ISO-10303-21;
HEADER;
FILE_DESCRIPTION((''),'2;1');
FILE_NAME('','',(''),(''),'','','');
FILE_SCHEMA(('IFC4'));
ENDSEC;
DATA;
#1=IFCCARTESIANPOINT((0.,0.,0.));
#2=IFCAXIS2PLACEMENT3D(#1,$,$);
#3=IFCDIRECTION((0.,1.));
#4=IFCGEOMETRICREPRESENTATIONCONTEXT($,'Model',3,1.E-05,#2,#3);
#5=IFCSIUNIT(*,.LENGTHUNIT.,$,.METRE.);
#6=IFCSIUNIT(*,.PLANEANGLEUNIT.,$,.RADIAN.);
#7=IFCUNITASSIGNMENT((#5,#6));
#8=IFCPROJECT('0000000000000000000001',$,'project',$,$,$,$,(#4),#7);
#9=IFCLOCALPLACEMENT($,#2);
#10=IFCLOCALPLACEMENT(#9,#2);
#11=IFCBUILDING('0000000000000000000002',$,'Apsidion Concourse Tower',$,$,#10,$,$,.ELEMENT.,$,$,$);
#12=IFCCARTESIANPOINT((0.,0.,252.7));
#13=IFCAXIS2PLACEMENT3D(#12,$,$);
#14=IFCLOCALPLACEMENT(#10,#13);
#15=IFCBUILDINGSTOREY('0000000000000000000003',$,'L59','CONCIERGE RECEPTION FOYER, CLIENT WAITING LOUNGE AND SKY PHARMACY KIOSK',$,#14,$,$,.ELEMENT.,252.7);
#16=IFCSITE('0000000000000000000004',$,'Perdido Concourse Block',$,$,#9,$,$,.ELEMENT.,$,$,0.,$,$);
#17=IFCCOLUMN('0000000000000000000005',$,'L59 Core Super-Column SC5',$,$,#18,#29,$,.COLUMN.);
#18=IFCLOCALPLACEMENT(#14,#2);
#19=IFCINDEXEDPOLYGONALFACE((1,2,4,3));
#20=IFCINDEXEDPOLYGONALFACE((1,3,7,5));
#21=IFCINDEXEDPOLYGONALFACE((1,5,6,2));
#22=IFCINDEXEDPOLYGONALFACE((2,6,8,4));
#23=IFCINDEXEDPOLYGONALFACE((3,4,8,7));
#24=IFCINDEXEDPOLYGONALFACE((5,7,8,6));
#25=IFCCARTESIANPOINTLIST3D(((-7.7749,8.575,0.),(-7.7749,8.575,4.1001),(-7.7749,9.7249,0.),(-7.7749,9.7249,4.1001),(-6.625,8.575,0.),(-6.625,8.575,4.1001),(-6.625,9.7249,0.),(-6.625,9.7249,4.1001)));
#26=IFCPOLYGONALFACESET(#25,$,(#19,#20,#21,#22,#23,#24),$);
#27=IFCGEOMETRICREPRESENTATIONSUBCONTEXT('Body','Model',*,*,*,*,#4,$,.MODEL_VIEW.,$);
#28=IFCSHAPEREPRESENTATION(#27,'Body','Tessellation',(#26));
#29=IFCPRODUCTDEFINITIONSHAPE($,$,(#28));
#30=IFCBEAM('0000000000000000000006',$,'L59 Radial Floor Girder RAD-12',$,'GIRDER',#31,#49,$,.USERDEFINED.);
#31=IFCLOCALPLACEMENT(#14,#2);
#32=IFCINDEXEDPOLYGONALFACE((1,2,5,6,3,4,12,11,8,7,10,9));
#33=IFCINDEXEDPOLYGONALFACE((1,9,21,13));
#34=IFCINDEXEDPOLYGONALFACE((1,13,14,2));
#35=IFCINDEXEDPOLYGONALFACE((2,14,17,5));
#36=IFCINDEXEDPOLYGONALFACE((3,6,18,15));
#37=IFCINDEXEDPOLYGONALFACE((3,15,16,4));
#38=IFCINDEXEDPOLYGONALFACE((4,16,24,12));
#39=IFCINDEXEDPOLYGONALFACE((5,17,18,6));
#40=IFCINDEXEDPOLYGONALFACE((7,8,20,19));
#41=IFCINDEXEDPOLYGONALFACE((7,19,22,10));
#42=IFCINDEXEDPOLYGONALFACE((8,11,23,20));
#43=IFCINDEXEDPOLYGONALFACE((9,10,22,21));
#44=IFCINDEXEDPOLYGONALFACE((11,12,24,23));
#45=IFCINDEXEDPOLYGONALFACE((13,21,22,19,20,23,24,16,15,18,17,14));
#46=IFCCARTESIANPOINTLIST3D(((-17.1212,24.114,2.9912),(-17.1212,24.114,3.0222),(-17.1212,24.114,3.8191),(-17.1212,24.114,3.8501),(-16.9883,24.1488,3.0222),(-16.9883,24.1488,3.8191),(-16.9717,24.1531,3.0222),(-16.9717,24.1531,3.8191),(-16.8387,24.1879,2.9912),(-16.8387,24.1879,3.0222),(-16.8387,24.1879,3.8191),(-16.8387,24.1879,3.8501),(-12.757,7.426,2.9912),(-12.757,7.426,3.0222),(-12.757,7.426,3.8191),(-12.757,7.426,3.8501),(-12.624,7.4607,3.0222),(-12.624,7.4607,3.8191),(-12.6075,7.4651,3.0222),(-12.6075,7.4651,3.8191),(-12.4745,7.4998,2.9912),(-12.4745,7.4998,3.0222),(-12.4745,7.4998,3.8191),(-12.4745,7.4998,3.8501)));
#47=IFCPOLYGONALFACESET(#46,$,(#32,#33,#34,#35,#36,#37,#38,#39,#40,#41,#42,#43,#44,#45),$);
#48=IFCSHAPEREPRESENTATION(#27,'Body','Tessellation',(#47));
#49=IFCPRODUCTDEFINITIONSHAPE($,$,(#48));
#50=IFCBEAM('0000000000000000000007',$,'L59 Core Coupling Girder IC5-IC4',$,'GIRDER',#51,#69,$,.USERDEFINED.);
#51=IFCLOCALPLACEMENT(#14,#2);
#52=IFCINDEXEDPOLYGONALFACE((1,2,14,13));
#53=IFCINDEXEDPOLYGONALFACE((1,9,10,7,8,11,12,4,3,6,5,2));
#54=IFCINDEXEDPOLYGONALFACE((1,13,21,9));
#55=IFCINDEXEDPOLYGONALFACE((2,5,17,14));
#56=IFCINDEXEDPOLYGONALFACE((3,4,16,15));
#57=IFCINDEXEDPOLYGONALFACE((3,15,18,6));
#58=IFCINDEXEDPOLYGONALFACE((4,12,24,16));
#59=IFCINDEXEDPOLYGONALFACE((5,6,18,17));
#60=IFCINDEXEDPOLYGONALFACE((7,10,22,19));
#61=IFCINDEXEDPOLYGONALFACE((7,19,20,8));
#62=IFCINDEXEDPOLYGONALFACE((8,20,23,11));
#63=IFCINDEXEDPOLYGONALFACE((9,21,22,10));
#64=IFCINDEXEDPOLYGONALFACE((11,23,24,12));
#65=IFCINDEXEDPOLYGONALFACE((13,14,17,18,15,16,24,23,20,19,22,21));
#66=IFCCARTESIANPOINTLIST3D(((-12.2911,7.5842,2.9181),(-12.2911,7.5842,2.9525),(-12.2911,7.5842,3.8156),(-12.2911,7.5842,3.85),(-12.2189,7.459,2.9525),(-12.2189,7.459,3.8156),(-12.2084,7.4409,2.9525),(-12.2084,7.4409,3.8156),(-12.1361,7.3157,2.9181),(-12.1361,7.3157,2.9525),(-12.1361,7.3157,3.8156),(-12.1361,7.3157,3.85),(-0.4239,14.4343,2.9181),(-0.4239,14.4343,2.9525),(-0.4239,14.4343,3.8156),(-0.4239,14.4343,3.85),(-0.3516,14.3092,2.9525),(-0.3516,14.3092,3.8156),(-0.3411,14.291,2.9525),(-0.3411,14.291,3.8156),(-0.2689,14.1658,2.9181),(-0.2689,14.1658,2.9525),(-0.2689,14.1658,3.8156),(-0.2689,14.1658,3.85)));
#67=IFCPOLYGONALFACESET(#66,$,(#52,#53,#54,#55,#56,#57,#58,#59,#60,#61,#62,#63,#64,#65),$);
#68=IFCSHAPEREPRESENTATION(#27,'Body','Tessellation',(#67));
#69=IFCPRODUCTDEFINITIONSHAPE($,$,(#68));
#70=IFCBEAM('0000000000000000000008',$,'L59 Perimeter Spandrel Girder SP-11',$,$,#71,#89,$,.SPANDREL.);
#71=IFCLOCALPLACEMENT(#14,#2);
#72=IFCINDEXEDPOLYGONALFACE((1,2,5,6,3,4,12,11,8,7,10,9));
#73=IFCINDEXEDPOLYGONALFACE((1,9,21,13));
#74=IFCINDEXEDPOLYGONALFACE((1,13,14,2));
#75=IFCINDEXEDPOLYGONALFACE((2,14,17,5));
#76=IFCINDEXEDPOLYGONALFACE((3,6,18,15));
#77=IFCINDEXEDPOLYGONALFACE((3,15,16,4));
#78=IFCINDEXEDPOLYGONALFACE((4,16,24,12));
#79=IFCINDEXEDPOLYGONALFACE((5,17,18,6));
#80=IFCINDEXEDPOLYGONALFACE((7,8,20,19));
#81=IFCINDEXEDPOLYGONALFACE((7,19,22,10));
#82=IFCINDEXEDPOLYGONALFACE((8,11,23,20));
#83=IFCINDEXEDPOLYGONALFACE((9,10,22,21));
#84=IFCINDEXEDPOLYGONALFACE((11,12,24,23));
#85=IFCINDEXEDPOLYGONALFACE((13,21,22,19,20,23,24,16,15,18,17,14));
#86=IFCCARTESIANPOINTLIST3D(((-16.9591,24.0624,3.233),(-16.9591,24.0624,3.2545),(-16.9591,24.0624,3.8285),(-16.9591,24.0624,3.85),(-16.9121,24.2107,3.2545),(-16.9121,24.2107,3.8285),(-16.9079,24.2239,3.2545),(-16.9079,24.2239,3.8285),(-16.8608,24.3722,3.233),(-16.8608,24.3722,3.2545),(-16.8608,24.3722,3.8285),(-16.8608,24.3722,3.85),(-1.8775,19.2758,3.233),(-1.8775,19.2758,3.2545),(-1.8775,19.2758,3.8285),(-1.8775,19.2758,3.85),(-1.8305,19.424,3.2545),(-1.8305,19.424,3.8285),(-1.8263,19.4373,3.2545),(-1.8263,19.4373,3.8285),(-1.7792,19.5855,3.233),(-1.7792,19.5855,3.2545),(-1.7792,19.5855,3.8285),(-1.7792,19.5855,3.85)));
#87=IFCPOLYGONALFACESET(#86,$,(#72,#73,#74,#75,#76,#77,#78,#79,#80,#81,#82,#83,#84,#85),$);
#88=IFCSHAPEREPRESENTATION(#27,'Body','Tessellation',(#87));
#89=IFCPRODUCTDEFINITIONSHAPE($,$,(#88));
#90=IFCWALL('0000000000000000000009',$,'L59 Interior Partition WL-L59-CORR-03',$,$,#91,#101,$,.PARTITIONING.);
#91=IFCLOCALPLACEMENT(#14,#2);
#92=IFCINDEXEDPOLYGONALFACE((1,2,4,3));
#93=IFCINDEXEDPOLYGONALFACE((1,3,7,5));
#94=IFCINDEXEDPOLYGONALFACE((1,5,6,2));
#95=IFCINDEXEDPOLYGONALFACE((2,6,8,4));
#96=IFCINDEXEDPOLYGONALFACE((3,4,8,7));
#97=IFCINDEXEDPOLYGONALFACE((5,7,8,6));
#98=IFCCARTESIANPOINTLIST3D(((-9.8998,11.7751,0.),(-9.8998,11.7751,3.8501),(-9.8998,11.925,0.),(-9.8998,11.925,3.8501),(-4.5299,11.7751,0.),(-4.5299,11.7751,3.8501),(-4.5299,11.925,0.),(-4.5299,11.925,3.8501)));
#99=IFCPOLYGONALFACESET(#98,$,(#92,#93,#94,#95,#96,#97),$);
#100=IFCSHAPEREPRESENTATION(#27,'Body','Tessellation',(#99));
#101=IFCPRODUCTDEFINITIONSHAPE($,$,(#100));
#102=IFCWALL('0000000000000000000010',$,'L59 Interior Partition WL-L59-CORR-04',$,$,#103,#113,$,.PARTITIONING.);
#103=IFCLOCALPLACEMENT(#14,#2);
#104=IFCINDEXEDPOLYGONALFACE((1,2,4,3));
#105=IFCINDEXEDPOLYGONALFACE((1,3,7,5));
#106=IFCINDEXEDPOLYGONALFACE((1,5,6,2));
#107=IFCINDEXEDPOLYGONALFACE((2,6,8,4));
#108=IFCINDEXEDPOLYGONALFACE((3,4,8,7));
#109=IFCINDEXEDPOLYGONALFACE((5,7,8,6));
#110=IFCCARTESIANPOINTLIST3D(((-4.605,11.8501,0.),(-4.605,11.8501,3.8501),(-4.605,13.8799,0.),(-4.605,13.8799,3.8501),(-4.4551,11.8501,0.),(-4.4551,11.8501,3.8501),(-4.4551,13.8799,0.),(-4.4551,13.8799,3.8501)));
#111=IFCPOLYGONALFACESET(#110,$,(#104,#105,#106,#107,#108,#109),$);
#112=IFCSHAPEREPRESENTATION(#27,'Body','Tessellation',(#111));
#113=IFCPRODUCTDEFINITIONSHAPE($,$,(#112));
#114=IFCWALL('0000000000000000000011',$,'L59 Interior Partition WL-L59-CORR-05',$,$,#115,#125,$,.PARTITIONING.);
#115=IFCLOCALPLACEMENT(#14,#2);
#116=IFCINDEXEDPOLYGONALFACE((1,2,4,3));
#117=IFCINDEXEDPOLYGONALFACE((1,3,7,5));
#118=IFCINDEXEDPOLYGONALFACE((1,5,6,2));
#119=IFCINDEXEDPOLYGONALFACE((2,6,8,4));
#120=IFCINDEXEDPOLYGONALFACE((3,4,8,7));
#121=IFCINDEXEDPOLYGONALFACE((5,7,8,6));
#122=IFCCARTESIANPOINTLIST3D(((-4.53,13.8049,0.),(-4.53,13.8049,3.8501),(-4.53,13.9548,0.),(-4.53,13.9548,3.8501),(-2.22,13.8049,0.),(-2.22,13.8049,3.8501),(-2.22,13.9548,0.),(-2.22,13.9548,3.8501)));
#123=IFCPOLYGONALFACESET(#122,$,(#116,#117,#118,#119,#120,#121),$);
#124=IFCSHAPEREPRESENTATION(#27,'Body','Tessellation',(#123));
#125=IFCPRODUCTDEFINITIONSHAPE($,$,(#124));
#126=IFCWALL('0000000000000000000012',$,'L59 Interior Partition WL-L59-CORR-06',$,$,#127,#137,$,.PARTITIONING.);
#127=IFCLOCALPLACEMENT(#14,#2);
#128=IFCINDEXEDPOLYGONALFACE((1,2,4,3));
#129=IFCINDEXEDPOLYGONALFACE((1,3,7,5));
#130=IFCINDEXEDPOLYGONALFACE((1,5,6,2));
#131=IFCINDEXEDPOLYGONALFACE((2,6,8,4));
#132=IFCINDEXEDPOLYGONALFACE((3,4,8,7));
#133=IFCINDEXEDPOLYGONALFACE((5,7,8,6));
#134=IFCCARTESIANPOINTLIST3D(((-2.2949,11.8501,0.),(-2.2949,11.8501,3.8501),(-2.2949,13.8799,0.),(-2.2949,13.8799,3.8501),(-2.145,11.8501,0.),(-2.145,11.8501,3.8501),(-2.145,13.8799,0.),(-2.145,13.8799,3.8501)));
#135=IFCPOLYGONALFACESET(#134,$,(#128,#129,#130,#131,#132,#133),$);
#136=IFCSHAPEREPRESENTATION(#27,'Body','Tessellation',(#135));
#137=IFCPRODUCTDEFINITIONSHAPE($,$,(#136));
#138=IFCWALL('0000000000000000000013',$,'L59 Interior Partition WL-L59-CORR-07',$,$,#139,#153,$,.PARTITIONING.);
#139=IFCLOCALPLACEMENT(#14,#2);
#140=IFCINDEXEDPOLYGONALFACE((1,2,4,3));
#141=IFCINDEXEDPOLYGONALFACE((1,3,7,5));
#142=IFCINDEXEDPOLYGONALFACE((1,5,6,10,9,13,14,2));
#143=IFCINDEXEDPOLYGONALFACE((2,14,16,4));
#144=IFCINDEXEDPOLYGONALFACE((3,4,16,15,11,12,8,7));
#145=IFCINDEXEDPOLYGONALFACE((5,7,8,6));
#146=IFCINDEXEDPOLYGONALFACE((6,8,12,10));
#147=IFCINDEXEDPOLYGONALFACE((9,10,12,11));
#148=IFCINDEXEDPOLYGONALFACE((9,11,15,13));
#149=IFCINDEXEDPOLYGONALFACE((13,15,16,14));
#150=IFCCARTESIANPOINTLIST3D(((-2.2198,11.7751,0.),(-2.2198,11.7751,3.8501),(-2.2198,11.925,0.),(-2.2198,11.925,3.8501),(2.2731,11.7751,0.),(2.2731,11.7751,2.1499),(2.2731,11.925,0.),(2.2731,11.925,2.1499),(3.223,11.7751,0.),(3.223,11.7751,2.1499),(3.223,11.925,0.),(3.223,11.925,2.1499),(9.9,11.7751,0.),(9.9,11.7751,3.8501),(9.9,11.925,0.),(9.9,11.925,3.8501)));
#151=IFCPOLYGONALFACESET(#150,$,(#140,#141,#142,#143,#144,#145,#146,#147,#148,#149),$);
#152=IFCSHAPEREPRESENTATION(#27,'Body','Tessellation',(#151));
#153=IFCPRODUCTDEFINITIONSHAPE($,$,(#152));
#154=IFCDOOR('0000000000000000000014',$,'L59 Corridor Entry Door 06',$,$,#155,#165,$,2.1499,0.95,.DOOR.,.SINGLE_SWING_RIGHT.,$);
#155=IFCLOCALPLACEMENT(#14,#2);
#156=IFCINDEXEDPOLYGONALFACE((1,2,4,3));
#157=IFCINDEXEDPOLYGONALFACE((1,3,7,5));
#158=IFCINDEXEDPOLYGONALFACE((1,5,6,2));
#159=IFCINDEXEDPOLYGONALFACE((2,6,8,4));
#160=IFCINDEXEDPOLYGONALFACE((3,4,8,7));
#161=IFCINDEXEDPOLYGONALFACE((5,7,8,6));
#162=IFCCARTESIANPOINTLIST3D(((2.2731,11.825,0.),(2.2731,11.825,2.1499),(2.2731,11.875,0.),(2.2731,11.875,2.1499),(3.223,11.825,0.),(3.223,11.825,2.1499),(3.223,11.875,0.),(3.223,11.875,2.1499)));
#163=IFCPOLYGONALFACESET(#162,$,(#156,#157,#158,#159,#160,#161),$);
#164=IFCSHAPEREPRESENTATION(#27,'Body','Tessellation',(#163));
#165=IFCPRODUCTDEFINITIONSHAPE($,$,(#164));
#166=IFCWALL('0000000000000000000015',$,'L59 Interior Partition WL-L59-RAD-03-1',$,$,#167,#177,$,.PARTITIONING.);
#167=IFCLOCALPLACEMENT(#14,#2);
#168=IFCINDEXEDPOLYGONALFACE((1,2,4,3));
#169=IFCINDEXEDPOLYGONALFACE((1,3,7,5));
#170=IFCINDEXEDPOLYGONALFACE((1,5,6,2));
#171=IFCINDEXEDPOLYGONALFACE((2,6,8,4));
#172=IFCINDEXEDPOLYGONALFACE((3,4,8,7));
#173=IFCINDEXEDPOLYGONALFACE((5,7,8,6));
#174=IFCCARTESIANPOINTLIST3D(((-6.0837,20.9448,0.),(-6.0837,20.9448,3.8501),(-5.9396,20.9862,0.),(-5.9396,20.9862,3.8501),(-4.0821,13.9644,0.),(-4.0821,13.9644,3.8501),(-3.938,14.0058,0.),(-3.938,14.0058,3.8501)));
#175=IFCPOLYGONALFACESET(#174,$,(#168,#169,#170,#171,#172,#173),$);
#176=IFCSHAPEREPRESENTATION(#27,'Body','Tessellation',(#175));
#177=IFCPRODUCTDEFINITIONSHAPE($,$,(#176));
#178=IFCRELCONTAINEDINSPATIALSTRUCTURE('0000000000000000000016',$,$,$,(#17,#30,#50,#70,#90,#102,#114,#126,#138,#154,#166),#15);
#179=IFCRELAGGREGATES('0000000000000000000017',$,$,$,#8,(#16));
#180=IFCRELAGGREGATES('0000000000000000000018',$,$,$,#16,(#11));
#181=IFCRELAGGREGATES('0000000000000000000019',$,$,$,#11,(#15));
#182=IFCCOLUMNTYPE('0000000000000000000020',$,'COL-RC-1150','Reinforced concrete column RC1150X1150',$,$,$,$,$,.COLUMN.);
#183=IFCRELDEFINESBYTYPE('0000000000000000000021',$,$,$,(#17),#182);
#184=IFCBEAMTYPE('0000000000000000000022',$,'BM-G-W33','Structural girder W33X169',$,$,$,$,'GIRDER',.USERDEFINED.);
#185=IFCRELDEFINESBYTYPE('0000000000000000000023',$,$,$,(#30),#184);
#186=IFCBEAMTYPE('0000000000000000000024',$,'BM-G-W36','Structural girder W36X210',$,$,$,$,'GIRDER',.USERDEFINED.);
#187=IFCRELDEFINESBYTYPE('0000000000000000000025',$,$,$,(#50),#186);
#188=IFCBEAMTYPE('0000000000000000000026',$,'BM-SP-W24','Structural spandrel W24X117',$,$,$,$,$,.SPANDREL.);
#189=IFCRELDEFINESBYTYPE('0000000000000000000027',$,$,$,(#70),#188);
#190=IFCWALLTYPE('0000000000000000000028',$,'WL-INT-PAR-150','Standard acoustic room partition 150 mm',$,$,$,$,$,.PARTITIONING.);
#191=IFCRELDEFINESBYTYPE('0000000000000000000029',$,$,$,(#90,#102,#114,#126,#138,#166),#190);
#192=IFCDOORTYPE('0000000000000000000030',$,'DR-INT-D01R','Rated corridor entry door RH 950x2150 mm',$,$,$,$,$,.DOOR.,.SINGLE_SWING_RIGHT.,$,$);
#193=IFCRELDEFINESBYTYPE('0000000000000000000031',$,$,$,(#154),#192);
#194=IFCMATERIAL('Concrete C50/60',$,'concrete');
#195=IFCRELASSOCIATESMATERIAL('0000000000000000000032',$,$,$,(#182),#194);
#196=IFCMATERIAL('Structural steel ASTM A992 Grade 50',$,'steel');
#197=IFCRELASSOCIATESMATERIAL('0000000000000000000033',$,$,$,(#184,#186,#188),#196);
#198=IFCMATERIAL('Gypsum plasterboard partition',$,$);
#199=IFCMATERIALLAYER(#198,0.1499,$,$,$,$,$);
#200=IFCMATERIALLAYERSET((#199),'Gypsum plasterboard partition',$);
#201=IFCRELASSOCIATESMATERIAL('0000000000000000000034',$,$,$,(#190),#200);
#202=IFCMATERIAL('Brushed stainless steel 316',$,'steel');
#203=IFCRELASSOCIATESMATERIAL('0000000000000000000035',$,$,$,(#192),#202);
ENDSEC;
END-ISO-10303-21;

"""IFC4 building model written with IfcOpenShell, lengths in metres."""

from ifc_helpers import new_model, si_unit, direction, frame, frame_2d, origin, origin_2d, place, context, subcontext, project, spatial, rectangle, i_section, extrude, material, layer, layer_set, material_profile, profile_set, type_object, element, fill, save


model = new_model("IFC4")

# Units and contexts
model_context = context("Model", 3, precision=1e-05, world=origin(), true_north=direction((0.0, 1.0)))
body_context = subcontext(model_context, "Body", "Model", "MODEL_VIEW")
ifc_project = project(units=[si_unit("LENGTHUNIT", "METRE"), si_unit("PLANEANGLEUNIT", "RADIAN")], contexts=[model_context])

# Site, building, storey
site_placement = place(None, origin())
site = spatial("IfcSite", under=ifc_project, at=site_placement, Name="Perdido Concourse Block", CompositionType="ELEMENT", RefElevation=0.0)
building_placement = place(site_placement, origin())
building = spatial("IfcBuilding", under=site, at=building_placement, Name="Apsidion Concourse Tower", CompositionType="ELEMENT")
storey_placement = place(building_placement, frame((0.0, 0.0, 252.7)))
storey = spatial("IfcBuildingStorey", under=building, at=storey_placement, Name="L59", Description="CONCIERGE RECEPTION FOYER, CLIENT WAITING LOUNGE AND SKY PHARMACY KIOSK", CompositionType="ELEMENT", Elevation=252.7)

# Column
ifc_material_1 = material(Name="Concrete C50/60", Category="concrete")
ifc_material_profile_1 = material_profile(ifc_material_1, rectangle(XDim=1.1499, YDim=1.1499, at=origin_2d()), Name="RC 1150x1150")
ifc_profile_set_1 = profile_set([ifc_material_profile_1], Name="Concrete C50/60")
column_type = type_object("IfcColumnType", Name="COL-RC-1150", Description="Reinforced concrete column RC1150X1150", PredefinedType="COLUMN", material=ifc_profile_set_1)
column_placement = place(storey_placement, frame((-7.2, 9.1499, 0.0), z_axis=(0.0, 0.0, 1.0), x_axis=(1.0, 0.0, 0.0)))
element("IfcColumn", 1, at=column_placement, inside=storey, type_object=column_type, Name="L59 Core Super-Column SC5", PredefinedType="COLUMN", context=body_context, shape_type="SweptSolid", body=[
    extrude(rectangle(XDim=1.1499, YDim=1.1499, at=origin_2d()), origin(), (0.0, 0.0, 1.0), 4.1001),
])

# Beams
ifc_material_2 = material(Name="Structural steel ASTM A992 Grade 50", Category="steel")
ifc_material_profile_2 = material_profile(ifc_material_2, i_section(OverallWidth=0.292, OverallDepth=0.8589, WebThickness=0.0171, FlangeThickness=0.031, at=origin_2d()), Name="W33X169")
ifc_profile_set_2 = profile_set([ifc_material_profile_2], Name="Structural steel ASTM A992 Grade 50")
beam_type_1 = type_object("IfcBeamType", Name="BM-G-W33", Description="Structural girder W33X169", ElementType="GIRDER", PredefinedType="USERDEFINED", material=ifc_profile_set_2)
beam_1_placement = place(storey_placement, frame((-12.6157, 7.4629, 3.4207), z_axis=(-0.253012, 0.967463, 0.0), x_axis=(-0.967463, -0.253012, 0.0)))
element("IfcBeam", 2, at=beam_1_placement, inside=storey, type_object=beam_type_1, Name="L59 Radial Floor Girder RAD-12", ObjectType="GIRDER", PredefinedType="USERDEFINED", context=body_context, shape_type="SweptSolid", body=[
    extrude(i_section(OverallWidth=0.292, OverallDepth=0.8589, WebThickness=0.0171, FlangeThickness=0.031, at=origin_2d()), origin(), (0.0, 0.0, 1.0), 17.2493),
])
ifc_material_profile_3 = material_profile(ifc_material_2, i_section(OverallWidth=0.3101, OverallDepth=0.9319, WebThickness=0.021, FlangeThickness=0.0344, at=origin_2d()), Name="W36X210")
ifc_profile_set_3 = profile_set([ifc_material_profile_3], Name="Structural steel ASTM A992 Grade 50")
beam_type_2 = type_object("IfcBeamType", Name="BM-G-W36", Description="Structural girder W36X210", ElementType="GIRDER", PredefinedType="USERDEFINED", material=ifc_profile_set_3)
beam_2_placement = place(storey_placement, frame((-12.2136, 7.45, 3.384), z_axis=(0.86607, 0.499922, 0.0), x_axis=(-0.499922, 0.86607, 0.0)))
element("IfcBeam", 3, at=beam_2_placement, inside=storey, type_object=beam_type_2, Name="L59 Core Coupling Girder IC5-IC4", ObjectType="GIRDER", PredefinedType="USERDEFINED", context=body_context, shape_type="SweptSolid", body=[
    extrude(i_section(OverallWidth=0.3101, OverallDepth=0.9319, WebThickness=0.021, FlangeThickness=0.0344, at=origin_2d()), origin(), (0.0, 0.0, 1.0), 13.7024),
])
ifc_material_profile_4 = material_profile(ifc_material_2, i_section(OverallWidth=0.325, OverallDepth=0.6169, WebThickness=0.0139, FlangeThickness=0.0215, at=origin_2d()), Name="W24X117")
ifc_profile_set_4 = profile_set([ifc_material_profile_4], Name="Structural steel ASTM A992 Grade 50")
beam_type_3 = type_object("IfcBeamType", Name="BM-SP-W24", Description="Structural spandrel W24X117", PredefinedType="SPANDREL", material=ifc_profile_set_4)
beam_3_placement = place(storey_placement, frame((-1.8284, 19.4307, 3.5415), z_axis=(-0.953146, 0.302512, 0.0), x_axis=(-0.302512, -0.953146, 0.0)))
element("IfcBeam", 4, at=beam_3_placement, inside=storey, type_object=beam_type_3, Name="L59 Perimeter Spandrel Girder SP-11", PredefinedType="SPANDREL", context=body_context, shape_type="SweptSolid", body=[
    extrude(i_section(OverallWidth=0.325, OverallDepth=0.6169, WebThickness=0.0139, FlangeThickness=0.0215, at=origin_2d()), origin(), (0.0, 0.0, 1.0), 15.823),
])

# Walls
ifc_material_3 = material(Name="Gypsum plasterboard partition")
ifc_layer_1 = layer(ifc_material_3, 0.1499)
ifc_layer_set_1 = layer_set([ifc_layer_1], Name="Gypsum plasterboard partition")
wall_type_1 = type_object("IfcWallType", Name="WL-INT-PAR-150", Description="Standard acoustic room partition 150 mm", PredefinedType="PARTITIONING", material=ifc_layer_set_1)
wall_1_placement = place(storey_placement, frame((-9.8999, 11.8501, 0.0), z_axis=(0.0, 0.0, 1.0), x_axis=(1.0, 0.0, 0.0)))
element("IfcWall", 5, at=wall_1_placement, inside=storey, type_object=wall_type_1, Name="L59 Interior Partition WL-L59-CORR-03", PredefinedType="PARTITIONING", context=body_context, shape_type="SweptSolid", body=[
    extrude(rectangle(XDim=5.3699, YDim=0.1499, at=frame_2d((2.6851, 0.0))), origin(), (0.0, 0.0, 1.0), 3.8501),
])
wall_2_placement = place(storey_placement, frame((-4.53, 11.8501, 0.0), z_axis=(0.0, 0.0, 1.0), x_axis=(0.0, 1.0, 0.0)))
element("IfcWall", 6, at=wall_2_placement, inside=storey, type_object=wall_type_1, Name="L59 Interior Partition WL-L59-CORR-04", PredefinedType="PARTITIONING", context=body_context, shape_type="SweptSolid", body=[
    extrude(rectangle(XDim=2.0298, YDim=0.1499, at=frame_2d((1.0149, 0.0))), origin(), (0.0, 0.0, 1.0), 3.8501),
])
wall_3_placement = place(storey_placement, frame((-4.53, 13.8799, 0.0), z_axis=(0.0, 0.0, 1.0), x_axis=(1.0, 0.0, 0.0)))
element("IfcWall", 7, at=wall_3_placement, inside=storey, type_object=wall_type_1, Name="L59 Interior Partition WL-L59-CORR-05", PredefinedType="PARTITIONING", context=body_context, shape_type="SweptSolid", body=[
    extrude(rectangle(XDim=2.3101, YDim=0.1499, at=frame_2d((1.155, 0.0))), origin(), (0.0, 0.0, 1.0), 3.8501),
])
wall_4_placement = place(storey_placement, frame((-2.22, 13.8799, 0.0), z_axis=(0.0, 0.0, 1.0), x_axis=(0.0, -1.0, 0.0)))
element("IfcWall", 8, at=wall_4_placement, inside=storey, type_object=wall_type_1, Name="L59 Interior Partition WL-L59-CORR-06", PredefinedType="PARTITIONING", context=body_context, shape_type="SweptSolid", body=[
    extrude(rectangle(XDim=2.0298, YDim=0.1499, at=frame_2d((1.0149, 0.0))), origin(), (0.0, 0.0, 1.0), 3.8501),
])

# Wall, opening, door
wall_5_placement = place(storey_placement, frame((-2.22, 11.8501, 0.0), z_axis=(0.0, 0.0, 1.0), x_axis=(1.0, 0.0, 0.0)))
wall_5 = element("IfcWall", 9, at=wall_5_placement, inside=storey, type_object=wall_type_1, Name="L59 Interior Partition WL-L59-CORR-07", PredefinedType="PARTITIONING", context=body_context, shape_type="SweptSolid", body=[
    extrude(rectangle(XDim=12.1199, YDim=0.1499, at=frame_2d((6.0601, 0.0))), origin(), (0.0, 0.0, 1.0), 3.8501),
])
opening_1_placement = place(wall_5_placement, frame((4.4929, 0.0, 0.0)))
opening_1 = element("IfcOpeningElement", 10, at=opening_1_placement, cuts=wall_5, PredefinedType="OPENING", context=body_context, shape_type="SweptSolid", body=[
    extrude(rectangle(XDim=0.95, YDim=2.1499, at=frame_2d((0.4751, 1.075))), frame((0.0, 0.085, 0.0), z_axis=(0.0, -1.0, 0.0), x_axis=(1.0, 0.0, 0.0)), (0.0, 0.0, 1.0), 0.1699),
])
ifc_material_4 = material(Name="Brushed stainless steel 316", Category="steel")
door_type_1 = type_object("IfcDoorType", Name="DR-INT-D01R", Description="Rated corridor entry door RH 950x2150 mm", OperationType="SINGLE_SWING_RIGHT", PredefinedType="DOOR", material=ifc_material_4)
door_1_placement = place(opening_1_placement, origin())
door_1 = element("IfcDoor", 11, at=door_1_placement, inside=storey, type_object=door_type_1, Name="L59 Corridor Entry Door 06", OperationType="SINGLE_SWING_RIGHT", OverallHeight=2.1499, OverallWidth=0.95, PredefinedType="DOOR", context=body_context, shape_type="SweptSolid", body=[
    extrude(rectangle(XDim=0.95, YDim=2.1499, at=frame_2d((0.4751, 1.075))), frame((0.0, 0.0249, 0.0), z_axis=(0.0, -1.0, 0.0), x_axis=(1.0, 0.0, 0.0)), (0.0, 0.0, 1.0), 0.05),
])
fill(opening_1, door_1)

# Wall
wall_6_placement = place(storey_placement, frame((-4.01, 13.9851, 0.0), z_axis=(0.0, 0.0, 1.0), x_axis=(-0.275649, 0.961258, 0.0)))
element("IfcWall", 12, at=wall_6_placement, inside=storey, type_object=wall_type_1, Name="L59 Interior Partition WL-L59-RAD-03-1", PredefinedType="PARTITIONING", context=body_context, shape_type="SweptSolid", body=[
    extrude(rectangle(XDim=7.2617, YDim=0.1499, at=frame_2d((3.6309, 0.0))), origin(), (0.0, 0.0, 1.0), 3.8501),
])

save(model, "model.ifc")
